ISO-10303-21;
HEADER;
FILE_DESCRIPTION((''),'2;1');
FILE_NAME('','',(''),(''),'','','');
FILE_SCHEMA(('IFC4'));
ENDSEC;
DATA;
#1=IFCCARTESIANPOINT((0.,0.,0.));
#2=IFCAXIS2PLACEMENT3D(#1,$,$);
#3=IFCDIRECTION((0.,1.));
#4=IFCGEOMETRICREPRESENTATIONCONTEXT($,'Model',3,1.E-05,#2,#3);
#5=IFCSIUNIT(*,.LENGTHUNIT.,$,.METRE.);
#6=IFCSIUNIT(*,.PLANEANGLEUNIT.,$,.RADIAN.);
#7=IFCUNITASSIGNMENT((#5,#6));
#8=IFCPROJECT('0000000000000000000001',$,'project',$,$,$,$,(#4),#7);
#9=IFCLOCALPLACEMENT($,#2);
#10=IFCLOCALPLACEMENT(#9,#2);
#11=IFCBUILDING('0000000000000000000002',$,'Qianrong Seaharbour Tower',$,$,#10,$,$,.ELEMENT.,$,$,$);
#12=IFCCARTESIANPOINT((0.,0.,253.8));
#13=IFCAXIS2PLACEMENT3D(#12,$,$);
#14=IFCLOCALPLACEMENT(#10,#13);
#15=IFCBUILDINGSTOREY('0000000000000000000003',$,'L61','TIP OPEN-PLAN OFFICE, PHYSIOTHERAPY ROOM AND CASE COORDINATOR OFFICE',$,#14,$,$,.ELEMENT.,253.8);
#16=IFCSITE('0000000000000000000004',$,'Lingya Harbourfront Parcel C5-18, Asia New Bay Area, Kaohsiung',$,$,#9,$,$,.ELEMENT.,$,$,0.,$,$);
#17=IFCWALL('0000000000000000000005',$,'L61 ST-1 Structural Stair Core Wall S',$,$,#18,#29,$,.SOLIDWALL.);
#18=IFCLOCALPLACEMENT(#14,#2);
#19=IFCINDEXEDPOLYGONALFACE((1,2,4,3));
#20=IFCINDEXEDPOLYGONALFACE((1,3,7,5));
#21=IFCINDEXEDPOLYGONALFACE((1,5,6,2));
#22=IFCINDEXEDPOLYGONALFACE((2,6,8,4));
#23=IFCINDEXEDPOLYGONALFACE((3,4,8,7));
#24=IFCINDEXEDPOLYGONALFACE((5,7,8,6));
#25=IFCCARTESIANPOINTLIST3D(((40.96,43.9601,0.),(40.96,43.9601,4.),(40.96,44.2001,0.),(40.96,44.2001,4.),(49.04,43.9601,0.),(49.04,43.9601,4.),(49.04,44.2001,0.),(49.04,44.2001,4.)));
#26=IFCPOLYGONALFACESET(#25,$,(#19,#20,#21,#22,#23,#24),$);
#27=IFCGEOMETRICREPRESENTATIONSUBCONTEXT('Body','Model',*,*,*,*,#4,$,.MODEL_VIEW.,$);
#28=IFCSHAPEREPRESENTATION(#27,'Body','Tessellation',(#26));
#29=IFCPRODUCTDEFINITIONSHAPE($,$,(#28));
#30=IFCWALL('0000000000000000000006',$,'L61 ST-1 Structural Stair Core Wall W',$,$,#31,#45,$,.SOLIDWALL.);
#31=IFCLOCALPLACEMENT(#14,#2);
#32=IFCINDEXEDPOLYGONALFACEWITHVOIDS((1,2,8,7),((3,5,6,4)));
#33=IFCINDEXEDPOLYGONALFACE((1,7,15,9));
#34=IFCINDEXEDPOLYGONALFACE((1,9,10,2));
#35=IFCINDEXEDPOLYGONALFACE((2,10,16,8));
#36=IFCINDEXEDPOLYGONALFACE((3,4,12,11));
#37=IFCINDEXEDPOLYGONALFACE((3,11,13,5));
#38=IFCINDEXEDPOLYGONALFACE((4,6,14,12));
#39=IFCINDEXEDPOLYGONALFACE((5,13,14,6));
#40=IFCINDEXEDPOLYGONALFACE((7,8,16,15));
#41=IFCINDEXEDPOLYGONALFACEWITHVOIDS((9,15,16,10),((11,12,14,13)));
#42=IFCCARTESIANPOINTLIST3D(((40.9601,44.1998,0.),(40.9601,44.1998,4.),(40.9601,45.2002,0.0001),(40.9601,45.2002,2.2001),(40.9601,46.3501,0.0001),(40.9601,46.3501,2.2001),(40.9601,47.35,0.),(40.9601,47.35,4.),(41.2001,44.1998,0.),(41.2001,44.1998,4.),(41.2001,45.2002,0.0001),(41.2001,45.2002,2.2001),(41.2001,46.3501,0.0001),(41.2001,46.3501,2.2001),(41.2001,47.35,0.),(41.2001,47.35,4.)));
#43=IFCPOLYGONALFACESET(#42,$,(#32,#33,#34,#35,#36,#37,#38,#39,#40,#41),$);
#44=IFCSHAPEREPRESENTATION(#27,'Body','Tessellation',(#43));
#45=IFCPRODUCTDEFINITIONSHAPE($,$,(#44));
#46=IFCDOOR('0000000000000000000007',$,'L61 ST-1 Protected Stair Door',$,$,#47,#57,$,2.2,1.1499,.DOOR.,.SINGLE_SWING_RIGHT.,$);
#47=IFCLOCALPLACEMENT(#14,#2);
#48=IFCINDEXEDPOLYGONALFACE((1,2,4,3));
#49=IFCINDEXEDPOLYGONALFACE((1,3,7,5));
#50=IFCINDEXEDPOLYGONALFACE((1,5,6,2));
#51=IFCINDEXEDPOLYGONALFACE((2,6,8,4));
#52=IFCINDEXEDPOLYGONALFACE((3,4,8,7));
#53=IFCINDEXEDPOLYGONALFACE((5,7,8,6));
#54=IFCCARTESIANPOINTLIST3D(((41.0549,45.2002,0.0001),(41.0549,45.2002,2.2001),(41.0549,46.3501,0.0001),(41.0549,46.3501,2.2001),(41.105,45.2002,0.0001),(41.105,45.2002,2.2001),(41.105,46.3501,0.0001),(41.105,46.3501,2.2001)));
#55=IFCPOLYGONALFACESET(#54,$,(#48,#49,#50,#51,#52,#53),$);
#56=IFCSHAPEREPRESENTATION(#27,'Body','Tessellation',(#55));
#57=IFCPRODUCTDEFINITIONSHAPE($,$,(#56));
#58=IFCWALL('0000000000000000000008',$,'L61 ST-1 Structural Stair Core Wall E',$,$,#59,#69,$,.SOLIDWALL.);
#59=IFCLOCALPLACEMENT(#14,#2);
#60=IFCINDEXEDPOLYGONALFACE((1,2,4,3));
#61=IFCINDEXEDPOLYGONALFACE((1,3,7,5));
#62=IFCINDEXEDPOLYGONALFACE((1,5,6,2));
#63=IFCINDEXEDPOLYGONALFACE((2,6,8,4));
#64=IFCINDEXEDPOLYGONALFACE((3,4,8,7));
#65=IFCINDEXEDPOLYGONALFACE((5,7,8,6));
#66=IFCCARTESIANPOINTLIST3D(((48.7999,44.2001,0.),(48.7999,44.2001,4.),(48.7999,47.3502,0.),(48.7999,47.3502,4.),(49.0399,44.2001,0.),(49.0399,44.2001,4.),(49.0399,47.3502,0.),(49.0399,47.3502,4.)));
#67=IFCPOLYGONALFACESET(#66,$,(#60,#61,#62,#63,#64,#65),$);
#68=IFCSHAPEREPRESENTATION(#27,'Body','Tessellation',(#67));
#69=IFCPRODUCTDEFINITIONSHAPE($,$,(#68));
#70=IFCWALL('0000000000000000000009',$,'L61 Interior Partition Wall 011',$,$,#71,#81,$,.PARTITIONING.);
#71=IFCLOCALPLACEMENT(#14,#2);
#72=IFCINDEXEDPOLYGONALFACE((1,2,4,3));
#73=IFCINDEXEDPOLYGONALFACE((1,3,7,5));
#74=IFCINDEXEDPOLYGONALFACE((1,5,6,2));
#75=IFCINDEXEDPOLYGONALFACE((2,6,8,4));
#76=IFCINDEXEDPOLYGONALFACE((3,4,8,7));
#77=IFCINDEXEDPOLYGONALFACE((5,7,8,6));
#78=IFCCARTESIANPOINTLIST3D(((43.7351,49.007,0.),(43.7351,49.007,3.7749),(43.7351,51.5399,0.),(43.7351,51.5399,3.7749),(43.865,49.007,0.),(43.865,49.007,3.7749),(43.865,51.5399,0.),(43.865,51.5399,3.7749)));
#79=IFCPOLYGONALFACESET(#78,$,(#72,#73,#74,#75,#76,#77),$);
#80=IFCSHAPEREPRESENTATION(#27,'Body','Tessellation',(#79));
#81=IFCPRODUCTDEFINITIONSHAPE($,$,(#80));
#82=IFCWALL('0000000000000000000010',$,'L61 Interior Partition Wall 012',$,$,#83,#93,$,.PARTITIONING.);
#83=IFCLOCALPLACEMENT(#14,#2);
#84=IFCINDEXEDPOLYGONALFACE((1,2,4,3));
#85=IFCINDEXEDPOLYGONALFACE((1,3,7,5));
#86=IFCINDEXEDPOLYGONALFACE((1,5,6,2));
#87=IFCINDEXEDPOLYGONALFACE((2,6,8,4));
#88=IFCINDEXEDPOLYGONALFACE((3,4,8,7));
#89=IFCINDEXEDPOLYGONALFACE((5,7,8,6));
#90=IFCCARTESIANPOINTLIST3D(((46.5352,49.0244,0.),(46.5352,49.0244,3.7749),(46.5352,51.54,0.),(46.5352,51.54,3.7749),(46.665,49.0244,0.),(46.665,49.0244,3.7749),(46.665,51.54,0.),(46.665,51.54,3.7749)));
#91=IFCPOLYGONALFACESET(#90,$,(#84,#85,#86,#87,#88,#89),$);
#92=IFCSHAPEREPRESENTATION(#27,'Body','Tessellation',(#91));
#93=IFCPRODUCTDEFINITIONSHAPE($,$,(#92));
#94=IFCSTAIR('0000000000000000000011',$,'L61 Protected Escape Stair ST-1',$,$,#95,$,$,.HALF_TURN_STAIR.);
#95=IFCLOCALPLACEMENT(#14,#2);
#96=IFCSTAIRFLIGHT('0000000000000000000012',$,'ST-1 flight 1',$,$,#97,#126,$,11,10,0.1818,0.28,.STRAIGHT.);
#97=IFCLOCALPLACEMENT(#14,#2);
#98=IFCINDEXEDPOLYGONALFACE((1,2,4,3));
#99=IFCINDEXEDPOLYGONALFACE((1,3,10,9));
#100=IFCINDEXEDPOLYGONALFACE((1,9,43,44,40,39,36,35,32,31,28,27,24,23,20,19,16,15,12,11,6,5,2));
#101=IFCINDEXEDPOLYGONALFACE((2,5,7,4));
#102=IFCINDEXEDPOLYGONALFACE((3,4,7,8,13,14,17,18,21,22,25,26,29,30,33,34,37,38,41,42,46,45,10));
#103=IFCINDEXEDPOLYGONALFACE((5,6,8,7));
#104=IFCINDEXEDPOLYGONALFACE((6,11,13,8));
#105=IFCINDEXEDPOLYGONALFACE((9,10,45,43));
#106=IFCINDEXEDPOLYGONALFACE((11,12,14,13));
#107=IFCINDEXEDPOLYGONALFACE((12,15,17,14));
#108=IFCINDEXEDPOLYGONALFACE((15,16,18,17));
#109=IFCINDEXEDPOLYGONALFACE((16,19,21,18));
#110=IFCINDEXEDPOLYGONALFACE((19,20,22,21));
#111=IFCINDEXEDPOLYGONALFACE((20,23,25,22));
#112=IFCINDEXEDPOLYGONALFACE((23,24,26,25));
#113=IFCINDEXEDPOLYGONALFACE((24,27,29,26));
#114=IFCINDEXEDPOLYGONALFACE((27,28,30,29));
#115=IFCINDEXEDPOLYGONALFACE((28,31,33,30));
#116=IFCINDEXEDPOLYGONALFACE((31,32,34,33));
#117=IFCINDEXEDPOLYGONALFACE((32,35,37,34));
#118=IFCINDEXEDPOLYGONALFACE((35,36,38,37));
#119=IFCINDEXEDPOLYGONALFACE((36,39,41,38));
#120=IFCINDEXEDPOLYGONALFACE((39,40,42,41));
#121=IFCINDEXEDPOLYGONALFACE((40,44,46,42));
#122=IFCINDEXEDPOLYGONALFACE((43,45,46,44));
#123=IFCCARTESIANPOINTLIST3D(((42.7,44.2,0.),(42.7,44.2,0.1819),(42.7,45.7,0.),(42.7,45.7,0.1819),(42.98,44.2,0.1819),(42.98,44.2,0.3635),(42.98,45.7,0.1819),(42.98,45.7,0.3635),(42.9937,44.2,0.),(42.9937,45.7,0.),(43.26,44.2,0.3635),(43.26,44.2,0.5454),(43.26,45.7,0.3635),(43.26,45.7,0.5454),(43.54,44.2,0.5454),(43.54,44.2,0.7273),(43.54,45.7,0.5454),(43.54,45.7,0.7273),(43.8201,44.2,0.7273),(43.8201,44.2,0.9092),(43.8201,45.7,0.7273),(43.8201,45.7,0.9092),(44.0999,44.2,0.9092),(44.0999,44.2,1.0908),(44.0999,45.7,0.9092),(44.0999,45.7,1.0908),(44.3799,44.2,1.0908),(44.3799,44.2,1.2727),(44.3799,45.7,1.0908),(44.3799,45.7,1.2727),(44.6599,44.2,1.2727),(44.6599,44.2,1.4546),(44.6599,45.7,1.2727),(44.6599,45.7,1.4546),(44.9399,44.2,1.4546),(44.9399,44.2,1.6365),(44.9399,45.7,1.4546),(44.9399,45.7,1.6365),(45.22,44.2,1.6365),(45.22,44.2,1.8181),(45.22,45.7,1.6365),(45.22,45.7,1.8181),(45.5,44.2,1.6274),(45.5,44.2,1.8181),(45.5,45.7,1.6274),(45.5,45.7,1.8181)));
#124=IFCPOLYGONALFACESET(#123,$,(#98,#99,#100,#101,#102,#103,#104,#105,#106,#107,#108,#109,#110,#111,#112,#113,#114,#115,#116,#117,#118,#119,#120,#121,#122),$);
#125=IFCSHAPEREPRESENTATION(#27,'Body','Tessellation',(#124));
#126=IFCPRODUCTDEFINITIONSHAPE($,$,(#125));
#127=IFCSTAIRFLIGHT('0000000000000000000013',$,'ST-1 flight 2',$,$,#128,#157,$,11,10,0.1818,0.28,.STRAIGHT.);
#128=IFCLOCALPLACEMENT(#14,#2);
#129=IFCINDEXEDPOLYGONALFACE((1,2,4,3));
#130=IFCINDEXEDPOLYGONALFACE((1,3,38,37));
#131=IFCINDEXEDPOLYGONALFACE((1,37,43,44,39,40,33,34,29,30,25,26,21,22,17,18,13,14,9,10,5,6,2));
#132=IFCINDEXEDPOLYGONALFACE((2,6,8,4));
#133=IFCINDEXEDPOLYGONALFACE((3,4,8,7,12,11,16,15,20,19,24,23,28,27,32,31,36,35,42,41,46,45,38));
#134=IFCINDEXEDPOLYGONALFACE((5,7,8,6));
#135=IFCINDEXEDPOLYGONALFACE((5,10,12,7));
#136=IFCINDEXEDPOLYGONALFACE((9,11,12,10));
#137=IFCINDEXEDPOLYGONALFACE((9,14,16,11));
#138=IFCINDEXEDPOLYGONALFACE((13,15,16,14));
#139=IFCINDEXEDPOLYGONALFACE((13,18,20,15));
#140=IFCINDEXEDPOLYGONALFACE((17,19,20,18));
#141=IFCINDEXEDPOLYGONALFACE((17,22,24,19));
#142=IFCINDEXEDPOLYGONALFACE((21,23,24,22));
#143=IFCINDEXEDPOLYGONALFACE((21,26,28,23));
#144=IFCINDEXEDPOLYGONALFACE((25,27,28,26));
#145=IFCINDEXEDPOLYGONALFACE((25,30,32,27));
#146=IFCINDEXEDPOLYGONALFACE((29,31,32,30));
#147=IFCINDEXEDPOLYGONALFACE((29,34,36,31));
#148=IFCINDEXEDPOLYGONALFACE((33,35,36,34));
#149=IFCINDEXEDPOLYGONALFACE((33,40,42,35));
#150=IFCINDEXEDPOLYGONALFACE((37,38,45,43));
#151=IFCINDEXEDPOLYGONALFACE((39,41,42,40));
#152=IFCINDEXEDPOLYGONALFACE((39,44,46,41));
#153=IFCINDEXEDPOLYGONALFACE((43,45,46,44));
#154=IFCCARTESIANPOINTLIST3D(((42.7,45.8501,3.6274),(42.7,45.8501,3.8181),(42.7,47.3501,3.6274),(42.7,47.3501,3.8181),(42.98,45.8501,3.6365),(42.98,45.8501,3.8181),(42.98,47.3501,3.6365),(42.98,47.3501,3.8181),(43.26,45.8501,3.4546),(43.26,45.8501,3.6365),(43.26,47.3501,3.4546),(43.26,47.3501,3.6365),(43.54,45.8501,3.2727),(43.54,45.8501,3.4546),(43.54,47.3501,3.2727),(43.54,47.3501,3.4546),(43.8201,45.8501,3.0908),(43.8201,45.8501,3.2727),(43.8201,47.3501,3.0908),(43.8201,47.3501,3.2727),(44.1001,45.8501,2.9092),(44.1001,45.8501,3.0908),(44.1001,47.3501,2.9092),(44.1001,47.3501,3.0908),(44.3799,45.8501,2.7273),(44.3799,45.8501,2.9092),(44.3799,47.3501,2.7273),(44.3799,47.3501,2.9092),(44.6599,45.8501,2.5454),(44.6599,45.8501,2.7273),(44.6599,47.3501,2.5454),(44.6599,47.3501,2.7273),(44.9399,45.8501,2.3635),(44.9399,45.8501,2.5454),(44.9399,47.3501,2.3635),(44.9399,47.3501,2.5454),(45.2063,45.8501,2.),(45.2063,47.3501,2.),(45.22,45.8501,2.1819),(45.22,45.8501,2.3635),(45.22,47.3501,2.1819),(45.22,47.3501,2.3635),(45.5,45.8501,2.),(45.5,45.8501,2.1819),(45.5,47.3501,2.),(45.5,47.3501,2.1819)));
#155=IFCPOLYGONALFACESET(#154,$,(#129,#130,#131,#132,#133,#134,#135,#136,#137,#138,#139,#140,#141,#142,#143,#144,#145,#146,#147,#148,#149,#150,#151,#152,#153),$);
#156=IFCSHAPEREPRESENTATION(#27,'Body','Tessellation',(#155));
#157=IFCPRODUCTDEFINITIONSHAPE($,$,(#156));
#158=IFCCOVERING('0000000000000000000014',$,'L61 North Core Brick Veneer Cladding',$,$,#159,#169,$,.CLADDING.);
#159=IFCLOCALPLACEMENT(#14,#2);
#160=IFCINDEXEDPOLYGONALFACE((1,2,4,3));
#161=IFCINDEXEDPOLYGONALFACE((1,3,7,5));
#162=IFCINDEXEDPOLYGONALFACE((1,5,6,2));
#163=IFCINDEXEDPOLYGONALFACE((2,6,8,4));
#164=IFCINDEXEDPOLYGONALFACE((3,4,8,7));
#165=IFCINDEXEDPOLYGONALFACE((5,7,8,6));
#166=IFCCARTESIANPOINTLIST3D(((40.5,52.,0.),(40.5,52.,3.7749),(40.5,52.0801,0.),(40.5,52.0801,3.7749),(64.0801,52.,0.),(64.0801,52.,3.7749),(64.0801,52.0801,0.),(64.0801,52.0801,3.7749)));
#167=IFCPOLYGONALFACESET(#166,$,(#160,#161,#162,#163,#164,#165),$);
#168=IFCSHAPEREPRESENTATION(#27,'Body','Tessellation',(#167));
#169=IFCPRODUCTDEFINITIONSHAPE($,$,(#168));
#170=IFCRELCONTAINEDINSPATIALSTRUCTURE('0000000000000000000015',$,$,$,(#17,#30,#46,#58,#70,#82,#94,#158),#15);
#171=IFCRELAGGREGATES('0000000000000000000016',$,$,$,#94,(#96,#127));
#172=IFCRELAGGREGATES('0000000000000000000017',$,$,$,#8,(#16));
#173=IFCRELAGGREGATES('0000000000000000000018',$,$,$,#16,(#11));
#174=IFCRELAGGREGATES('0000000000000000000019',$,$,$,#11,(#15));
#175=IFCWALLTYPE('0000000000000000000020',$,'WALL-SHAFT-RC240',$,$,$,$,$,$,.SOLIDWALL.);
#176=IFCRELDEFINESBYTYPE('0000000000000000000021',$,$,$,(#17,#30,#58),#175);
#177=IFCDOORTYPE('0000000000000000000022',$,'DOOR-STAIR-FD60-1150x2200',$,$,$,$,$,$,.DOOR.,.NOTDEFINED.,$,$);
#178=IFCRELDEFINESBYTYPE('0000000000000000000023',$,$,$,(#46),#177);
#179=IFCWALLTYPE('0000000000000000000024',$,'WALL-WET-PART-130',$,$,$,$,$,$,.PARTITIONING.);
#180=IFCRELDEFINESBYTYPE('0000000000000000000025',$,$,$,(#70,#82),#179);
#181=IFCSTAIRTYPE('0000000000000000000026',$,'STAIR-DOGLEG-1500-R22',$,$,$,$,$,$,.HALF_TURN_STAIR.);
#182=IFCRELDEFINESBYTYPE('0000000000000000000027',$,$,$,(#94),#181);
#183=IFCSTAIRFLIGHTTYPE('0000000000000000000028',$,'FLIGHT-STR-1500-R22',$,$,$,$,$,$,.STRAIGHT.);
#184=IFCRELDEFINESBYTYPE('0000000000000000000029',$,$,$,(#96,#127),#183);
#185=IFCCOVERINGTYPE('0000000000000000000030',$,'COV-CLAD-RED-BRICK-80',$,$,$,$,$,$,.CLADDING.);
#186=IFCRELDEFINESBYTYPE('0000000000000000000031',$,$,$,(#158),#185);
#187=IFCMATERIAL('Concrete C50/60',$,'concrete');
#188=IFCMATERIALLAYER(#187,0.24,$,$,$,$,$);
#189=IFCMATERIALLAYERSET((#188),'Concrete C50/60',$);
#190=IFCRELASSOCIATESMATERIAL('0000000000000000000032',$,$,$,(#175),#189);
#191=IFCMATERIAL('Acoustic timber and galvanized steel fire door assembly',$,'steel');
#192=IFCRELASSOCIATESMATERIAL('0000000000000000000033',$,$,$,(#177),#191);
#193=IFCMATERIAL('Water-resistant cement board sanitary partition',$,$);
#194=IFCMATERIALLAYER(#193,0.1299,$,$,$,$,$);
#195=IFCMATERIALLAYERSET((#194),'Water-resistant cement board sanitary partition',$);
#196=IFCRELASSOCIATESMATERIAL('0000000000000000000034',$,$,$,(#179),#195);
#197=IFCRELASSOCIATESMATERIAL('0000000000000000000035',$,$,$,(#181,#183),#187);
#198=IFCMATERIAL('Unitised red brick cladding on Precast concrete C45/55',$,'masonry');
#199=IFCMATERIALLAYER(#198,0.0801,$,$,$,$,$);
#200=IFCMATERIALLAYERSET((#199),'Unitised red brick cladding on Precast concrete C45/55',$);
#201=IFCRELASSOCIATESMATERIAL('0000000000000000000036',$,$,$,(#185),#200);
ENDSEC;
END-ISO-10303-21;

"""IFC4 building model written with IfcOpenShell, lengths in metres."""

from ifc_helpers import new_model, si_unit, direction, frame, frame_2d, origin, origin_2d, place, context, subcontext, project, spatial, polyline, rectangle, outline, extrude, material, layer, layer_set, type_object, element, fill, aggregate, save


model = new_model("IFC4")

# Units and contexts
model_context = context("Model", 3, precision=1e-05, world=origin(), true_north=direction((0.0, 1.0)))
body_context = subcontext(model_context, "Body", "Model", "MODEL_VIEW")
ifc_project = project(units=[si_unit("LENGTHUNIT", "METRE"), si_unit("PLANEANGLEUNIT", "RADIAN")], contexts=[model_context])

# Site, building, storey
site_placement = place(None, origin())
site = spatial("IfcSite", under=ifc_project, at=site_placement, Name="Lingya Harbourfront Parcel C5-18, Asia New Bay Area, Kaohsiung", CompositionType="ELEMENT", RefElevation=0.0)
building_placement = place(site_placement, origin())
building = spatial("IfcBuilding", under=site, at=building_placement, Name="Qianrong Seaharbour Tower", CompositionType="ELEMENT")
storey_placement = place(building_placement, frame((0.0, 0.0, 253.8)))
storey = spatial("IfcBuildingStorey", under=building, at=storey_placement, Name="L61", Description="TIP OPEN-PLAN OFFICE, PHYSIOTHERAPY ROOM AND CASE COORDINATOR OFFICE", CompositionType="ELEMENT", Elevation=253.8)

# Shared definitions
ifc_material_1 = material(Name="Concrete C50/60", Category="concrete")

# Shared definitions
ifc_material_2 = material(Name="Acoustic timber and galvanized steel fire door assembly", Category="steel")

# Wall
ifc_layer_1 = layer(ifc_material_1, 0.24)
ifc_layer_set_1 = layer_set([ifc_layer_1], Name="Concrete C50/60")
wall_type_1 = type_object("IfcWallType", Name="WALL-SHAFT-RC240", PredefinedType="SOLIDWALL", material=ifc_layer_set_1)
wall_1_placement = place(storey_placement, frame((49.04, 44.0801, 0.0), z_axis=(0.0, 0.0, 1.0), x_axis=(-1.0, 0.0, 0.0)))
element("IfcWall", 1, at=wall_1_placement, inside=storey, type_object=wall_type_1, Name="L61 ST-1 Structural Stair Core Wall S", PredefinedType="SOLIDWALL", context=body_context, shape_type="SweptSolid", body=[
    extrude(rectangle(XDim=8.0801, YDim=0.24, at=frame_2d((4.04, 0.0))), origin(), (0.0, 0.0, 1.0), 4.0),
])

# Wall, opening, door
wall_2_placement = place(storey_placement, frame((41.0801, 47.3501, 0.0), z_axis=(0.0, 0.0, 1.0), x_axis=(0.0, -1.0, 0.0)))
wall_2 = element("IfcWall", 2, at=wall_2_placement, inside=storey, type_object=wall_type_1, Name="L61 ST-1 Structural Stair Core Wall W", PredefinedType="SOLIDWALL", context=body_context, shape_type="SweptSolid", body=[
    extrude(rectangle(XDim=3.1501, YDim=0.24, at=frame_2d((1.5752, 0.0))), origin(), (0.0, 0.0, 1.0), 4.0),
])
opening_1_placement = place(wall_2_placement, frame((1.0, 0.0, 0.0)))
opening_1 = element("IfcOpeningElement", 3, at=opening_1_placement, cuts=wall_2, PredefinedType="OPENING", context=body_context, shape_type="SweptSolid", body=[
    extrude(rectangle(XDim=1.1499, YDim=2.2, at=frame_2d((0.575, 1.1001))), frame((0.0, 0.1299, 0.0), z_axis=(0.0, -1.0, 0.0), x_axis=(1.0, 0.0, 0.0)), (0.0, 0.0, 1.0), 0.26),
])
door_type_1 = type_object("IfcDoorType", Name="DOOR-STAIR-FD60-1150x2200", OperationType="NOTDEFINED", PredefinedType="DOOR", material=ifc_material_2)
door_1_placement = place(opening_1_placement, origin())
door_1 = element("IfcDoor", 4, at=door_1_placement, inside=storey, type_object=door_type_1, Name="L61 ST-1 Protected Stair Door", OperationType="SINGLE_SWING_RIGHT", OverallHeight=2.2, OverallWidth=1.1499, PredefinedType="DOOR", context=body_context, shape_type="SweptSolid", body=[
    extrude(rectangle(XDim=1.1499, YDim=2.2, at=frame_2d((0.575, 1.1001))), frame((0.0, 0.0249, 0.0), z_axis=(0.0, -1.0, 0.0), x_axis=(1.0, 0.0, 0.0)), (0.0, 0.0, 1.0), 0.05),
])
fill(opening_1, door_1)

# Wall
wall_3_placement = place(storey_placement, frame((48.9199, 44.2, 0.0), z_axis=(0.0, 0.0, 1.0), x_axis=(0.0, 1.0, 0.0)))
element("IfcWall", 5, at=wall_3_placement, inside=storey, type_object=wall_type_1, Name="L61 ST-1 Structural Stair Core Wall E", PredefinedType="SOLIDWALL", context=body_context, shape_type="SweptSolid", body=[
    extrude(rectangle(XDim=3.1501, YDim=0.24, at=frame_2d((1.5752, 0.0))), origin(), (0.0, 0.0, 1.0), 4.0),
])

# Shared definitions
ifc_material_3 = material(Name="Water-resistant cement board sanitary partition")
ifc_layer_2 = layer(ifc_material_3, 0.1299)
ifc_layer_set_2 = layer_set([ifc_layer_2], Name="Water-resistant cement board sanitary partition")
wall_type_2 = type_object("IfcWallType", Name="WALL-WET-PART-130", PredefinedType="PARTITIONING", material=ifc_layer_set_2)

# Walls
wall_4_placement = place(storey_placement, frame((43.8, 51.54, 0.0), z_axis=(0.0, 0.0, 1.0), x_axis=(0.0, -1.0, 0.0)))
element("IfcWall", 6, at=wall_4_placement, inside=storey, type_object=wall_type_2, Name="L61 Interior Partition Wall 011", PredefinedType="PARTITIONING", context=body_context, shape_type="SweptSolid", body=[
    extrude(rectangle(XDim=2.533, YDim=0.1299, at=frame_2d((1.2666, 0.0))), origin(), (0.0, 0.0, 1.0), 3.7749),
])
wall_5_placement = place(storey_placement, frame((46.6001, 51.54, 0.0), z_axis=(0.0, 0.0, 1.0), x_axis=(0.0, -1.0, 0.0)))
element("IfcWall", 7, at=wall_5_placement, inside=storey, type_object=wall_type_2, Name="L61 Interior Partition Wall 012", PredefinedType="PARTITIONING", context=body_context, shape_type="SweptSolid", body=[
    extrude(rectangle(XDim=2.5156, YDim=0.1299, at=frame_2d((1.2578, 0.0))), origin(), (0.0, 0.0, 1.0), 3.7749),
])

# Stair, stair flights
stair_type = type_object("IfcStairType", Name="STAIR-DOGLEG-1500-R22", PredefinedType="HALF_TURN_STAIR", material=ifc_material_1)
stair_placement = place(storey_placement, origin())
stair = element("IfcStair", 8, at=stair_placement, inside=storey, type_object=stair_type, Name="L61 Protected Escape Stair ST-1", PredefinedType="HALF_TURN_STAIR")
stair_flight_type = type_object("IfcStairFlightType", Name="FLIGHT-STR-1500-R22", PredefinedType="STRAIGHT", material=ifc_material_1)
stair_flight_1_placement = place(storey_placement, frame((42.7, 44.95, 0.0), z_axis=(0.0, 0.0, 1.0), x_axis=(1.0, 0.0, 0.0)))
stair_flight_1 = element("IfcStairFlight", 9, at=stair_flight_1_placement, type_object=stair_flight_type, Name="ST-1 flight 1", NumberOfRisers=11, NumberOfTreads=10, PredefinedType="STRAIGHT", RiserHeight=0.1818, TreadLength=0.28, context=body_context, shape_type="SweptSolid", body=[
    extrude(outline(polyline([(0.0, 0.0), (0.0, 0.1819), (0.28, 0.1819), (0.28, 0.3635), (0.5601, 0.3635), (0.5601, 0.5454), (0.8401, 0.5454), (0.8401, 0.7273), (1.1201, 0.7273), (1.1201, 0.9092), (1.3999, 0.9092), (1.3999, 1.0908), (1.6799, 1.0908), (1.6799, 1.2727), (1.96, 1.2727), (1.96, 1.4546), (2.24, 1.4546), (2.24, 1.6365), (2.52, 1.6365), (2.52, 1.8181), (2.8, 1.8181), (2.8, 2.0), (2.8, 1.6274), (0.2937, 0.0), (0.0, 0.0)])), frame((0.0, 0.75, 0.0), z_axis=(0.0, -1.0, 0.0), x_axis=(1.0, 0.0, 0.0)), (0.0, 0.0, 1.0), 1.5),
])
stair_flight_2_placement = place(storey_placement, frame((45.5, 46.6001, 2.0), z_axis=(0.0, 0.0, 1.0), x_axis=(-1.0, 0.0, 0.0)))
stair_flight_2 = element("IfcStairFlight", 10, at=stair_flight_2_placement, type_object=stair_flight_type, Name="ST-1 flight 2", NumberOfRisers=11, NumberOfTreads=10, PredefinedType="STRAIGHT", RiserHeight=0.1818, TreadLength=0.28, context=body_context, shape_type="SweptSolid", body=[
    extrude(outline(polyline([(0.0, 0.0), (0.0, 0.1819), (0.28, 0.1819), (0.28, 0.3635), (0.5601, 0.3635), (0.5601, 0.5454), (0.8401, 0.5454), (0.8401, 0.7273), (1.1201, 0.7273), (1.1201, 0.9092), (1.3999, 0.9092), (1.3999, 1.0908), (1.6799, 1.0908), (1.6799, 1.2727), (1.96, 1.2727), (1.96, 1.4546), (2.24, 1.4546), (2.24, 1.6365), (2.52, 1.6365), (2.52, 1.8181), (2.8, 1.8181), (2.8, 2.0), (2.8, 1.6274), (0.2937, 0.0), (0.0, 0.0)])), frame((0.0, 0.75, 0.0), z_axis=(0.0, -1.0, 0.0), x_axis=(1.0, 0.0, 0.0)), (0.0, 0.0, 1.0), 1.5),
])
aggregate(stair, [stair_flight_1, stair_flight_2])

# Covering
ifc_material_4 = material(Name="Unitised red brick cladding on Precast concrete C45/55", Category="masonry")
ifc_layer_3 = layer(ifc_material_4, 0.0801)
ifc_layer_set_3 = layer_set([ifc_layer_3], Name="Unitised red brick cladding on Precast concrete C45/55")
covering_type = type_object("IfcCoveringType", Name="COV-CLAD-RED-BRICK-80", PredefinedType="CLADDING", material=ifc_layer_set_3)
covering_placement = place(storey_placement, frame((52.29, 52.04, 0.0), z_axis=(0.0, 0.0, 1.0), x_axis=(1.0, 0.0, 0.0)))
element("IfcCovering", 11, at=covering_placement, inside=storey, type_object=covering_type, Name="L61 North Core Brick Veneer Cladding", PredefinedType="CLADDING", context=body_context, shape_type="SweptSolid", body=[
    extrude(rectangle(XDim=23.5801, YDim=0.0801, at=origin_2d()), origin(), (0.0, 0.0, 1.0), 3.7749),
])

save(model, "model.ifc")
